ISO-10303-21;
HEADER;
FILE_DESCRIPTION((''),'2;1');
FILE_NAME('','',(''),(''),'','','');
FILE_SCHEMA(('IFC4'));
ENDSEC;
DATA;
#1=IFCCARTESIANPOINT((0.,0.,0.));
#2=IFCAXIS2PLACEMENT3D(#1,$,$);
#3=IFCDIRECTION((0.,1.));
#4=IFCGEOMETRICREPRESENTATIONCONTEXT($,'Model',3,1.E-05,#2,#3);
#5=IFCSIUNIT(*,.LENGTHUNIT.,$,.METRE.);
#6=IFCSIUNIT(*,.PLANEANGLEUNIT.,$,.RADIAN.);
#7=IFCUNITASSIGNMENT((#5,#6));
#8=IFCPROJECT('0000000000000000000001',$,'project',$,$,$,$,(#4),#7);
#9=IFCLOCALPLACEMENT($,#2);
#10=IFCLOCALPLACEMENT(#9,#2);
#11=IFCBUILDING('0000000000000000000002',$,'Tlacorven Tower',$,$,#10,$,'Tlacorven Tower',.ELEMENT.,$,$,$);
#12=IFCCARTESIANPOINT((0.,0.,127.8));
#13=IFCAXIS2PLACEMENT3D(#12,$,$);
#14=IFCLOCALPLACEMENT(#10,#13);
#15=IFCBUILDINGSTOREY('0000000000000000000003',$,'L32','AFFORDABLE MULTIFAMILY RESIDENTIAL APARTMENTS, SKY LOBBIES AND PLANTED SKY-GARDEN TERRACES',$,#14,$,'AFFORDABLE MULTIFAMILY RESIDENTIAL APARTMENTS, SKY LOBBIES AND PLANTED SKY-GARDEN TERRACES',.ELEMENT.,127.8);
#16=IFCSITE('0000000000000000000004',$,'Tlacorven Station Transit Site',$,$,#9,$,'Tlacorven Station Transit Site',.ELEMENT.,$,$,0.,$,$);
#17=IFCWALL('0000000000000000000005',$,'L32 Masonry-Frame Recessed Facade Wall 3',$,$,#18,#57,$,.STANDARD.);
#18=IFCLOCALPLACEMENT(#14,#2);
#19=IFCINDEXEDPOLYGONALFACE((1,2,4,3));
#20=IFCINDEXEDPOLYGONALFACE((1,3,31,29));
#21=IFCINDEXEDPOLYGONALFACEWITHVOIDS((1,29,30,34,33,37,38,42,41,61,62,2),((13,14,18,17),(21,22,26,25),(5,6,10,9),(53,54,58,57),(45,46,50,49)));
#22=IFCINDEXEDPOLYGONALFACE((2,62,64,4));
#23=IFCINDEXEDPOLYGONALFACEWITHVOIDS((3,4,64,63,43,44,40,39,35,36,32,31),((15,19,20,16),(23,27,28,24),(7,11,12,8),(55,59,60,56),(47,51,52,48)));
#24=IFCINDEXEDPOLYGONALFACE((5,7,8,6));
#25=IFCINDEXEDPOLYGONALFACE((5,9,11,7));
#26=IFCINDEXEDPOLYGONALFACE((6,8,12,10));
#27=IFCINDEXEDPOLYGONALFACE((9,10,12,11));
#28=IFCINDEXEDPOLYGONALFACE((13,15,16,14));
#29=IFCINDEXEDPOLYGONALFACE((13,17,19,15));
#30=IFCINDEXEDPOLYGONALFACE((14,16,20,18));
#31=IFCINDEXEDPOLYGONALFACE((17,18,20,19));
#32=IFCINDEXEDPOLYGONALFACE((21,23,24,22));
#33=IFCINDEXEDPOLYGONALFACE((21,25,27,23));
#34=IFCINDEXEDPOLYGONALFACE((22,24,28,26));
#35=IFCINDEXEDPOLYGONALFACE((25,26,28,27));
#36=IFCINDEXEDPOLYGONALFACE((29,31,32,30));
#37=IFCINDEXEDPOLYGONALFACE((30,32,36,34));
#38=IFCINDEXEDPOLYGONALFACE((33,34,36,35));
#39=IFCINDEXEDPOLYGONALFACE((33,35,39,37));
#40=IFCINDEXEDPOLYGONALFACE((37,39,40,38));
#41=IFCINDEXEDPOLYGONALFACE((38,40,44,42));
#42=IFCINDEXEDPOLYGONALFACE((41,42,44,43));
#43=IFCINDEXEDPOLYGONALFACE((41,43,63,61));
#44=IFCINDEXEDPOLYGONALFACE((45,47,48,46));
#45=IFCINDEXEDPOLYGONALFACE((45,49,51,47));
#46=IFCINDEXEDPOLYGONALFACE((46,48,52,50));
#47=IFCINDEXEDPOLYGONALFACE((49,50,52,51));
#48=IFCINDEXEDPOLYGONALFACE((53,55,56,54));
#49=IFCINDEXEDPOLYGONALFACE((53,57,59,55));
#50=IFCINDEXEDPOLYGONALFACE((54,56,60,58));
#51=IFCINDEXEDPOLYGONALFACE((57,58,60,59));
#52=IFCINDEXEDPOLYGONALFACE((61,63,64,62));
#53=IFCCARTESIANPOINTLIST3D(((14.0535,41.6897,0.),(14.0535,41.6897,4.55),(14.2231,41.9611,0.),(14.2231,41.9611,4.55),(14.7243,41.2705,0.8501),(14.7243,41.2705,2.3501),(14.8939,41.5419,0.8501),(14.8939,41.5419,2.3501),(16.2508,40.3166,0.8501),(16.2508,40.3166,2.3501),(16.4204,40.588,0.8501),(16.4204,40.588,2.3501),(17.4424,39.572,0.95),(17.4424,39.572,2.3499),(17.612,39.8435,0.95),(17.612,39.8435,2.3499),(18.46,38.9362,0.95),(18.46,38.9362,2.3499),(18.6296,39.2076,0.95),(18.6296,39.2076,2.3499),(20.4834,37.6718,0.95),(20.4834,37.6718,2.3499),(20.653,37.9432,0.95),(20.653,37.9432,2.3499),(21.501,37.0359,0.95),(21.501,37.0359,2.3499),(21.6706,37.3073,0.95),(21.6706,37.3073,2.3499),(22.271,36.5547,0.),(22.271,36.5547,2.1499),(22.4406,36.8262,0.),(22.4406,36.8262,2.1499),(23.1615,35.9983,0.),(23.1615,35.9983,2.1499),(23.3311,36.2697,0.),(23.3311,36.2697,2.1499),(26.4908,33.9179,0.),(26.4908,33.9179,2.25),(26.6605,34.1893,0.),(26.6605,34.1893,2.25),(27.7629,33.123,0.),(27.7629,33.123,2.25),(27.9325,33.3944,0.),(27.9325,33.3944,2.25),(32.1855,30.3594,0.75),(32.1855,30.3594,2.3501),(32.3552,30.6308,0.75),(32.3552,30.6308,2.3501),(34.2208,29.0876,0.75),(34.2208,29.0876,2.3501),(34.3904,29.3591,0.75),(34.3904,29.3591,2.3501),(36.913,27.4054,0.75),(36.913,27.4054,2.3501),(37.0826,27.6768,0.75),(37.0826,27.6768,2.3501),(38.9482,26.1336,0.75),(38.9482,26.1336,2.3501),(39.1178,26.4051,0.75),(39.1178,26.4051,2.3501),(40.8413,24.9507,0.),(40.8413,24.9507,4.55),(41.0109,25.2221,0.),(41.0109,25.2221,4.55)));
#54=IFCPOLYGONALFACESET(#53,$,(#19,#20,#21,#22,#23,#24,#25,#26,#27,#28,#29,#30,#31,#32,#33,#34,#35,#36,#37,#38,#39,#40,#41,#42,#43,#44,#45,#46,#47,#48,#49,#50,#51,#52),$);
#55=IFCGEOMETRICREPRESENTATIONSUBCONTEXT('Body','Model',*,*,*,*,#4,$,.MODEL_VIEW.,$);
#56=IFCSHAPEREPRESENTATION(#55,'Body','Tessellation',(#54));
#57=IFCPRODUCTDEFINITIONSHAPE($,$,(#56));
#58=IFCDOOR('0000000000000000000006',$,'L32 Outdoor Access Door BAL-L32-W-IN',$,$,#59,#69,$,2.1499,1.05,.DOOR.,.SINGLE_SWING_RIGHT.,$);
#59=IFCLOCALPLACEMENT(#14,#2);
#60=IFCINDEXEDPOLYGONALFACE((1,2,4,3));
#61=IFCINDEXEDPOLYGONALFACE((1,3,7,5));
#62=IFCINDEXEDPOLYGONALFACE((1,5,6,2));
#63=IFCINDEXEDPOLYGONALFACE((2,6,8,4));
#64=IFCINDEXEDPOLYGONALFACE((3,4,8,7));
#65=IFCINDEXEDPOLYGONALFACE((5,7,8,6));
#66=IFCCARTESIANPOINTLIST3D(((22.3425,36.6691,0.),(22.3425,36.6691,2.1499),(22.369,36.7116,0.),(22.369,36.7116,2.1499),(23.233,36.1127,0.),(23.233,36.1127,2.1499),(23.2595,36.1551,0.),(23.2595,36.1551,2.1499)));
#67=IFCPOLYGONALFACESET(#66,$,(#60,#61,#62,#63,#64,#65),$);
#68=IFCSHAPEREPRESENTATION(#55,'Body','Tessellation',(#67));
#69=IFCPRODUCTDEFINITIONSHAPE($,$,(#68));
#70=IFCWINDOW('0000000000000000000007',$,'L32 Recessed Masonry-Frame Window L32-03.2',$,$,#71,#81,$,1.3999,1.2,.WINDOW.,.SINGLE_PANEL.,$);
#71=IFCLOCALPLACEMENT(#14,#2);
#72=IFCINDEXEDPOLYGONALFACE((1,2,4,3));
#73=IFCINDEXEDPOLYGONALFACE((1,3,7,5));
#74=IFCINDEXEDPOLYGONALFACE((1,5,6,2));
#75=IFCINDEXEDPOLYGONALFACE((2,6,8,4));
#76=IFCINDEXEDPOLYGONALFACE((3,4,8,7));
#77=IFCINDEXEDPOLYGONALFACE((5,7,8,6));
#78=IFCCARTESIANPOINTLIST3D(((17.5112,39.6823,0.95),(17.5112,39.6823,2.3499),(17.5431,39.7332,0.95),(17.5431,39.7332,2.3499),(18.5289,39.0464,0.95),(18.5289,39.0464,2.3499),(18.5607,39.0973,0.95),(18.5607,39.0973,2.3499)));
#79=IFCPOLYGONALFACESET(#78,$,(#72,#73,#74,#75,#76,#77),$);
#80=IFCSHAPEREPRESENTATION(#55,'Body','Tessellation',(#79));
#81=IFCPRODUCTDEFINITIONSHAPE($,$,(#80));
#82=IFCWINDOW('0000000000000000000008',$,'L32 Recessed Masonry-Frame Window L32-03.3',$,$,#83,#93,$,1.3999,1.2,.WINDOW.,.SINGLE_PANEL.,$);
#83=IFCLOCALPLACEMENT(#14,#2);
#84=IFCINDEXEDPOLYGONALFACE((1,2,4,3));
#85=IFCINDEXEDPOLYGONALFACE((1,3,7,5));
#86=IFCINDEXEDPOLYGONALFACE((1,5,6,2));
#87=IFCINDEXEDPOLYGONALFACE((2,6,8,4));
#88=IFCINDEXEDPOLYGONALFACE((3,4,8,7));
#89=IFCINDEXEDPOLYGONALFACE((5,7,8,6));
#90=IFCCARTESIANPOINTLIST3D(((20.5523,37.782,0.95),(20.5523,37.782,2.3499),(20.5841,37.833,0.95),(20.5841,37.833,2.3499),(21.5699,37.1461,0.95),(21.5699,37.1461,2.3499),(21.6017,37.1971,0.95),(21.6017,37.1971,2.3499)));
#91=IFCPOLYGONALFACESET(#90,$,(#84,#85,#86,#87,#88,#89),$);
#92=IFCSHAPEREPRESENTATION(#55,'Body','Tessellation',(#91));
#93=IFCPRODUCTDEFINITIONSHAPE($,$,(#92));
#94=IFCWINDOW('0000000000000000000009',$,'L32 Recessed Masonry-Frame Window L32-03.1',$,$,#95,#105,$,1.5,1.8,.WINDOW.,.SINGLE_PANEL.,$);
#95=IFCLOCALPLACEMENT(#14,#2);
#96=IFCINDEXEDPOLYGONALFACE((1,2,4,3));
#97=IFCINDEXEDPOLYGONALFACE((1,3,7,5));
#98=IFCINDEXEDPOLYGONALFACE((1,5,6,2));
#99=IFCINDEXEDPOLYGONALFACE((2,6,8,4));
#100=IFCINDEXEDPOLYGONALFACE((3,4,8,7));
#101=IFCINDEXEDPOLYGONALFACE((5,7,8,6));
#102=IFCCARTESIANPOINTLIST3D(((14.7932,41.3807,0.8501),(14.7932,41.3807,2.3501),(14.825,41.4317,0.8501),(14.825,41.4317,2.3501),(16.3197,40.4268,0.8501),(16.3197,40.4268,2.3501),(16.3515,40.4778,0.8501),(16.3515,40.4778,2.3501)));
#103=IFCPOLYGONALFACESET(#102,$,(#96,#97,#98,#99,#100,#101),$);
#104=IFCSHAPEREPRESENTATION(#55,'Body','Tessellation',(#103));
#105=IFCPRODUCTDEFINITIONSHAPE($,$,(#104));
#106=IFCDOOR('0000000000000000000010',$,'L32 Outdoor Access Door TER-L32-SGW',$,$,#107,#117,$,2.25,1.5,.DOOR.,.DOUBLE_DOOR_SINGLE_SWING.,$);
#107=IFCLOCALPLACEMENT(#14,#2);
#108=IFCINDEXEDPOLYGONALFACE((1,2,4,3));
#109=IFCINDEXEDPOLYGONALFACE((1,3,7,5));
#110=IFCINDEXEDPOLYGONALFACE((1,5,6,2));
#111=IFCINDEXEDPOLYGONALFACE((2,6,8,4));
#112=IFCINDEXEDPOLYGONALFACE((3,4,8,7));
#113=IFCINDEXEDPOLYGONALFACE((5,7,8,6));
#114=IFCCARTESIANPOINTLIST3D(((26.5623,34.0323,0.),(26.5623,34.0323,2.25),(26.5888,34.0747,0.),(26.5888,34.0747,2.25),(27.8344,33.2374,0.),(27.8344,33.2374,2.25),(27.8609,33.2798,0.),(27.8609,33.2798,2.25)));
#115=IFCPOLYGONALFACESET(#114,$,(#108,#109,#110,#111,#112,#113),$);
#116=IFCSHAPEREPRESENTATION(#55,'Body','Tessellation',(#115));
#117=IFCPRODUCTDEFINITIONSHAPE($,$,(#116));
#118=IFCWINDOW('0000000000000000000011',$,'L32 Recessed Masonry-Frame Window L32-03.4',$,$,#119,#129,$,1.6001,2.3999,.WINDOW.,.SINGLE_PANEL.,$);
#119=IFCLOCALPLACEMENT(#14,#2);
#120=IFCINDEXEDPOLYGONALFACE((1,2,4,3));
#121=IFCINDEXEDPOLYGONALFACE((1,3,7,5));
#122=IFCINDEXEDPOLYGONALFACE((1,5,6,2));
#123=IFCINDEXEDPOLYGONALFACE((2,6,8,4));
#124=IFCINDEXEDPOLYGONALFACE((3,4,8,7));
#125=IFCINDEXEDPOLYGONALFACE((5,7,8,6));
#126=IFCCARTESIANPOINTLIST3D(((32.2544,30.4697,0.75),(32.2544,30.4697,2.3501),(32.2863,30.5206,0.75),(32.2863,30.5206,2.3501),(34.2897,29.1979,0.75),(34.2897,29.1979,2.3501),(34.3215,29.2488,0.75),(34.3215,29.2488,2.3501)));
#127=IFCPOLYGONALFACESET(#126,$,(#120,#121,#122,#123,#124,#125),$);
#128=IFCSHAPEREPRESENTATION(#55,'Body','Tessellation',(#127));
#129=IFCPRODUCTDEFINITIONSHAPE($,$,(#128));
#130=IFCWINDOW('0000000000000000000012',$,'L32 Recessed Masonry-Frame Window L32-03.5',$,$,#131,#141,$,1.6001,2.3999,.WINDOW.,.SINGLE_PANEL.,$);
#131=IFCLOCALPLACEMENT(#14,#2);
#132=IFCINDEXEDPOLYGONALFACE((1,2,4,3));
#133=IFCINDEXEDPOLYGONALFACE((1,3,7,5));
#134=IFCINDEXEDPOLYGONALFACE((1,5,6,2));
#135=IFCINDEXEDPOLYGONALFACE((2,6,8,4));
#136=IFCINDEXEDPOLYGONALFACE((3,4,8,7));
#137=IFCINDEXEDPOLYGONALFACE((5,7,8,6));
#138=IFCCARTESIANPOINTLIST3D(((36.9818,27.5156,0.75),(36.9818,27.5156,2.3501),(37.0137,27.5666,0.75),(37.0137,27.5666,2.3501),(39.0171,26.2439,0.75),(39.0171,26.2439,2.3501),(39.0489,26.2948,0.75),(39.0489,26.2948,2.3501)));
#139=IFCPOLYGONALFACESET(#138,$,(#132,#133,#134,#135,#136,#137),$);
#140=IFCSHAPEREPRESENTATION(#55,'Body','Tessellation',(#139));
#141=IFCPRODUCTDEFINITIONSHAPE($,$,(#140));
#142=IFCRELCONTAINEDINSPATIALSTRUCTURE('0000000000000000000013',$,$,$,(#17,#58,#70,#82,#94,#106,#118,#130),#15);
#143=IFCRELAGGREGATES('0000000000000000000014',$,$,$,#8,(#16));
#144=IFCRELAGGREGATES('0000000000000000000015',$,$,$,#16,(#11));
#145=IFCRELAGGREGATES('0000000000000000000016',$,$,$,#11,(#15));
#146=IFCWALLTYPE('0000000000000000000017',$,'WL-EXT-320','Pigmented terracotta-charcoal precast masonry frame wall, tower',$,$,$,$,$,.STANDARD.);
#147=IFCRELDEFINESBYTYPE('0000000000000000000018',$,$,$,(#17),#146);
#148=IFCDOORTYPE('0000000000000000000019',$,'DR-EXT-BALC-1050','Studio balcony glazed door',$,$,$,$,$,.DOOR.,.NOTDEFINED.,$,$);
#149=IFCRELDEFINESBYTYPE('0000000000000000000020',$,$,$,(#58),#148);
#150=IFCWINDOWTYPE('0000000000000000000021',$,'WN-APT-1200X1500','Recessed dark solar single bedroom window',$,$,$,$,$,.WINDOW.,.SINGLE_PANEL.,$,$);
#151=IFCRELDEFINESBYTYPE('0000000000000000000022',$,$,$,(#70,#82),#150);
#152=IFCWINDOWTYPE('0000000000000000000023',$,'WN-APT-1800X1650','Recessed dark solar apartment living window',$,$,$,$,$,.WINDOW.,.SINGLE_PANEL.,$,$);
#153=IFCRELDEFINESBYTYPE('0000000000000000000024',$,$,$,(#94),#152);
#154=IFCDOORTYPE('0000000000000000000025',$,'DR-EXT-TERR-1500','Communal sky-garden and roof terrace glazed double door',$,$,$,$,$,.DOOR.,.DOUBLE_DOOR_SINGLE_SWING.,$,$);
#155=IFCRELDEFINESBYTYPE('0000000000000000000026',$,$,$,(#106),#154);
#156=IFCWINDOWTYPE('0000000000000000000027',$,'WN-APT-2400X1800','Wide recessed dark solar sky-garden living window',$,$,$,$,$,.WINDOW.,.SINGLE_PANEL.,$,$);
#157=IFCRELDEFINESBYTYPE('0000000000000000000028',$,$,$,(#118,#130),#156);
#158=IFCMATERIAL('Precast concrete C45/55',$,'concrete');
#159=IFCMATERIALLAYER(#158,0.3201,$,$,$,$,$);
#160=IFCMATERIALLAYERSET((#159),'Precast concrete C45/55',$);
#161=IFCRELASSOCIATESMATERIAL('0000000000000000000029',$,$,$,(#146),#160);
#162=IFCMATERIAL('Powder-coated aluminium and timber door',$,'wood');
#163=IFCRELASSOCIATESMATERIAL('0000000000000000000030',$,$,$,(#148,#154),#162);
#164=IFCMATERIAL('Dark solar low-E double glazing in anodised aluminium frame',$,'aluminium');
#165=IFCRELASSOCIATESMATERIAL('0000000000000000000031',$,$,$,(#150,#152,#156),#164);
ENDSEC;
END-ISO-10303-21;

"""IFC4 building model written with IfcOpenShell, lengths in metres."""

from ifc_helpers import new_model, si_unit, direction, frame, frame_2d, origin, place, context, subcontext, project, spatial, rectangle, extrude, source, transform, mapped, material, layer, layer_set, type_object, element, fill, save


model = new_model("IFC4")

# Units and contexts
model_context = context("Model", 3, precision=1e-05, world=origin(), true_north=direction((0.0, 1.0)))
body_context = subcontext(model_context, "Body", "Model", "MODEL_VIEW")
ifc_project = project(units=[si_unit("LENGTHUNIT", "METRE"), si_unit("PLANEANGLEUNIT", "RADIAN")], contexts=[model_context])

# Site, building, storey
site_placement = place(None, origin())
site = spatial("IfcSite", under=ifc_project, at=site_placement, Name="Tlacorven Station Transit Site", LongName="Tlacorven Station Transit Site", CompositionType="ELEMENT", RefElevation=0.0)
building_placement = place(site_placement, origin())
building = spatial("IfcBuilding", under=site, at=building_placement, Name="Tlacorven Tower", LongName="Tlacorven Tower", CompositionType="ELEMENT")
storey_placement = place(building_placement, frame((0.0, 0.0, 127.8)))
storey = spatial("IfcBuildingStorey", under=building, at=storey_placement, Name="L32", Description="AFFORDABLE MULTIFAMILY RESIDENTIAL APARTMENTS, SKY LOBBIES AND PLANTED SKY-GARDEN TERRACES", LongName="AFFORDABLE MULTIFAMILY RESIDENTIAL APARTMENTS, SKY LOBBIES AND PLANTED SKY-GARDEN TERRACES", CompositionType="ELEMENT", Elevation=127.8)

# Wall, openings, doors, windows
ifc_material_1 = material(Name="Precast concrete C45/55", Category="concrete")
ifc_layer_1 = layer(ifc_material_1, 0.3201)
ifc_layer_set_1 = layer_set([ifc_layer_1], Name="Precast concrete C45/55")
wall_type_1 = type_object("IfcWallType", Name="WL-EXT-320", Description="Pigmented terracotta-charcoal precast masonry frame wall, tower", PredefinedType="STANDARD", material=ifc_layer_set_1)
wall_1_placement = place(storey_placement, frame((14.1382, 41.8254, 0.0), z_axis=(0.0, 0.0, 1.0), x_axis=(0.848046, -0.529922, 0.0)))
wall_1 = element("IfcWall", 1, at=wall_1_placement, inside=storey, type_object=wall_type_1, Name="L32 Masonry-Frame Recessed Facade Wall 3", PredefinedType="STANDARD", context=body_context, shape_type="SweptSolid", body=[
    extrude(rectangle(XDim=31.5876, YDim=0.3201, at=frame_2d((15.7939, 0.0))), origin(), (0.0, 0.0, 1.0), 4.55),
])
opening_1_placement = place(wall_1_placement, frame((9.6902, 0.0, 0.0)))
opening_1 = element("IfcOpeningElement", 2, at=opening_1_placement, cuts=wall_1, PredefinedType="OPENING", context=body_context, shape_type="SweptSolid", body=[
    extrude(rectangle(XDim=1.05, YDim=2.1499, at=frame_2d((0.5249, 1.075))), frame((0.0, 0.1699, 0.0), z_axis=(0.0, -1.0, 0.0), x_axis=(1.0, 0.0, 0.0)), (0.0, 0.0, 1.0), 0.3401),
])
opening_2_placement = place(wall_1_placement, frame((14.666, 0.0, 0.0)))
opening_2 = element("IfcOpeningElement", 3, at=opening_2_placement, cuts=wall_1, PredefinedType="OPENING", context=body_context, shape_type="SweptSolid", body=[
    extrude(rectangle(XDim=1.5, YDim=2.25, at=frame_2d((0.75, 1.125))), frame((0.0, 0.1699, 0.0), z_axis=(0.0, -1.0, 0.0), x_axis=(1.0, 0.0, 0.0)), (0.0, 0.0, 1.0), 0.3401),
])
opening_3_placement = place(wall_1_placement, frame((0.7913, 0.0, 0.8501)))
opening_3 = element("IfcOpeningElement", 4, at=opening_3_placement, cuts=wall_1, PredefinedType="OPENING", context=body_context, shape_type="SweptSolid", body=[
    extrude(rectangle(XDim=1.8, YDim=1.5, at=frame_2d((0.8999, 0.75))), frame((0.0, 0.1699, 0.0), z_axis=(0.0, -1.0, 0.0), x_axis=(1.0, 0.0, 0.0)), (0.0, 0.0, 1.0), 0.3401),
])
opening_4_placement = place(wall_1_placement, frame((3.9961, 0.0, 0.95)))
opening_4 = element("IfcOpeningElement", 5, at=opening_4_placement, cuts=wall_1, PredefinedType="OPENING", context=body_context, shape_type="SweptSolid", body=[
    extrude(rectangle(XDim=1.2, YDim=1.3999, at=frame_2d((0.6001, 0.7))), frame((0.0, 0.1699, 0.0), z_axis=(0.0, -1.0, 0.0), x_axis=(1.0, 0.0, 0.0)), (0.0, 0.0, 1.0), 0.3401),
])
opening_5_placement = place(wall_1_placement, frame((7.582, 0.0, 0.95)))
opening_5 = element("IfcOpeningElement", 6, at=opening_5_placement, cuts=wall_1, PredefinedType="OPENING", context=body_context, shape_type="SweptSolid", body=[
    extrude(rectangle(XDim=1.2, YDim=1.3999, at=frame_2d((0.6001, 0.7))), frame((0.0, 0.1699, 0.0), z_axis=(0.0, -1.0, 0.0), x_axis=(1.0, 0.0, 0.0)), (0.0, 0.0, 1.0), 0.3401),
])
opening_6_placement = place(wall_1_placement, frame((21.3811, 0.0, 0.75)))
opening_6 = element("IfcOpeningElement", 7, at=opening_6_placement, cuts=wall_1, PredefinedType="OPENING", context=body_context, shape_type="SweptSolid", body=[
    extrude(rectangle(XDim=2.3999, YDim=1.6001, at=frame_2d((1.2, 0.8))), frame((0.0, 0.1699, 0.0), z_axis=(0.0, -1.0, 0.0), x_axis=(1.0, 0.0, 0.0)), (0.0, 0.0, 1.0), 0.3401),
])
opening_7_placement = place(wall_1_placement, frame((26.9556, 0.0, 0.75)))
opening_7 = element("IfcOpeningElement", 8, at=opening_7_placement, cuts=wall_1, PredefinedType="OPENING", context=body_context, shape_type="SweptSolid", body=[
    extrude(rectangle(XDim=2.3999, YDim=1.6001, at=frame_2d((1.2, 0.8))), frame((0.0, 0.1699, 0.0), z_axis=(0.0, -1.0, 0.0), x_axis=(1.0, 0.0, 0.0)), (0.0, 0.0, 1.0), 0.3401),
])
ifc_material_2 = material(Name="Powder-coated aluminium and timber door", Category="wood")
door_type_1 = type_object("IfcDoorType", Name="DR-EXT-BALC-1050", Description="Studio balcony glazed door", OperationType="NOTDEFINED", PredefinedType="DOOR", material=ifc_material_2)
shared_shape_1 = source(origin(), body_context, "Body", "SweptSolid", [
    extrude(rectangle(XDim=1.05, YDim=2.1499, at=frame_2d((0.5249, 1.075))), frame((0.0, 0.0249, 0.0), z_axis=(0.0, -1.0, 0.0), x_axis=(1.0, 0.0, 0.0)), (0.0, 0.0, 1.0), 0.05),
])
door_1_placement = place(opening_1_placement, origin())
door_1 = element("IfcDoor", 9, at=door_1_placement, inside=storey, type_object=door_type_1, Name="L32 Outdoor Access Door BAL-L32-W-IN", OperationType="SINGLE_SWING_RIGHT", OverallHeight=2.1499, OverallWidth=1.05, PredefinedType="DOOR", context=body_context, shape_type="MappedRepresentation", body=[
    mapped(shared_shape_1, transform((0.0, 0.0, 0.0), scale=1.0)),
])
fill(opening_1, door_1)
ifc_material_3 = material(Name="Dark solar low-E double glazing in anodised aluminium frame", Category="aluminium")
window_type_1 = type_object("IfcWindowType", Name="WN-APT-1200X1500", Description="Recessed dark solar single bedroom window", PartitioningType="SINGLE_PANEL", PredefinedType="WINDOW", material=ifc_material_3)
shared_shape_2 = source(origin(), body_context, "Body", "SweptSolid", [
    extrude(rectangle(XDim=1.2, YDim=1.3999, at=frame_2d((0.6001, 0.7))), frame((0.0, 0.03, 0.0), z_axis=(0.0, -1.0, 0.0), x_axis=(1.0, 0.0, 0.0)), (0.0, 0.0, 1.0), 0.0601),
])
window_1_placement = place(opening_4_placement, origin())
window_1 = element("IfcWindow", 10, at=window_1_placement, inside=storey, type_object=window_type_1, Name="L32 Recessed Masonry-Frame Window L32-03.2", OverallHeight=1.3999, OverallWidth=1.2, PartitioningType="SINGLE_PANEL", PredefinedType="WINDOW", context=body_context, shape_type="MappedRepresentation", body=[
    mapped(shared_shape_2, transform((0.0, 0.0, 0.0), scale=1.0)),
])
fill(opening_4, window_1)
window_2_placement = place(opening_5_placement, origin())
window_2 = element("IfcWindow", 11, at=window_2_placement, inside=storey, type_object=window_type_1, Name="L32 Recessed Masonry-Frame Window L32-03.3", OverallHeight=1.3999, OverallWidth=1.2, PartitioningType="SINGLE_PANEL", PredefinedType="WINDOW", context=body_context, shape_type="MappedRepresentation", body=[
    mapped(shared_shape_2, transform((0.0, 0.0, 0.0), scale=1.0)),
])
fill(opening_5, window_2)
window_type_2 = type_object("IfcWindowType", Name="WN-APT-1800X1650", Description="Recessed dark solar apartment living window", PartitioningType="SINGLE_PANEL", PredefinedType="WINDOW", material=ifc_material_3)
shared_shape_3 = source(origin(), body_context, "Body", "SweptSolid", [
    extrude(rectangle(XDim=1.8, YDim=1.5, at=frame_2d((0.8999, 0.75))), frame((0.0, 0.03, 0.0), z_axis=(0.0, -1.0, 0.0), x_axis=(1.0, 0.0, 0.0)), (0.0, 0.0, 1.0), 0.0601),
])
window_3_placement = place(opening_3_placement, origin())
window_3 = element("IfcWindow", 12, at=window_3_placement, inside=storey, type_object=window_type_2, Name="L32 Recessed Masonry-Frame Window L32-03.1", OverallHeight=1.5, OverallWidth=1.8, PartitioningType="SINGLE_PANEL", PredefinedType="WINDOW", context=body_context, shape_type="MappedRepresentation", body=[
    mapped(shared_shape_3, transform((0.0, 0.0, 0.0), scale=1.0)),
])
fill(opening_3, window_3)
door_type_2 = type_object("IfcDoorType", Name="DR-EXT-TERR-1500", Description="Communal sky-garden and roof terrace glazed double door", OperationType="DOUBLE_DOOR_SINGLE_SWING", PredefinedType="DOOR", material=ifc_material_2)
shared_shape_4 = source(origin(), body_context, "Body", "SweptSolid", [
    extrude(rectangle(XDim=1.5, YDim=2.25, at=frame_2d((0.75, 1.125))), frame((0.0, 0.0249, 0.0), z_axis=(0.0, -1.0, 0.0), x_axis=(1.0, 0.0, 0.0)), (0.0, 0.0, 1.0), 0.05),
])
door_2_placement = place(opening_2_placement, origin())
door_2 = element("IfcDoor", 13, at=door_2_placement, inside=storey, type_object=door_type_2, Name="L32 Outdoor Access Door TER-L32-SGW", OperationType="DOUBLE_DOOR_SINGLE_SWING", OverallHeight=2.25, OverallWidth=1.5, PredefinedType="DOOR", context=body_context, shape_type="MappedRepresentation", body=[
    mapped(shared_shape_4, transform((0.0, 0.0, 0.0), scale=1.0)),
])
fill(opening_2, door_2)
window_type_3 = type_object("IfcWindowType", Name="WN-APT-2400X1800", Description="Wide recessed dark solar sky-garden living window", PartitioningType="SINGLE_PANEL", PredefinedType="WINDOW", material=ifc_material_3)
shared_shape_5 = source(origin(), body_context, "Body", "SweptSolid", [
    extrude(rectangle(XDim=2.3999, YDim=1.6001, at=frame_2d((1.2, 0.8))), frame((0.0, 0.03, 0.0), z_axis=(0.0, -1.0, 0.0), x_axis=(1.0, 0.0, 0.0)), (0.0, 0.0, 1.0), 0.0601),
])
window_4_placement = place(opening_6_placement, origin())
window_4 = element("IfcWindow", 14, at=window_4_placement, inside=storey, type_object=window_type_3, Name="L32 Recessed Masonry-Frame Window L32-03.4", OverallHeight=1.6001, OverallWidth=2.3999, PartitioningType="SINGLE_PANEL", PredefinedType="WINDOW", context=body_context, shape_type="MappedRepresentation", body=[
    mapped(shared_shape_5, transform((0.0, 0.0, 0.0), scale=1.0)),
])
fill(opening_6, window_4)
window_5_placement = place(opening_7_placement, origin())
window_5 = element("IfcWindow", 15, at=window_5_placement, inside=storey, type_object=window_type_3, Name="L32 Recessed Masonry-Frame Window L32-03.5", OverallHeight=1.6001, OverallWidth=2.3999, PartitioningType="SINGLE_PANEL", PredefinedType="WINDOW", context=body_context, shape_type="MappedRepresentation", body=[
    mapped(shared_shape_5, transform((0.0, 0.0, 0.0), scale=1.0)),
])
fill(opening_7, window_5)

save(model, "model.ifc")
